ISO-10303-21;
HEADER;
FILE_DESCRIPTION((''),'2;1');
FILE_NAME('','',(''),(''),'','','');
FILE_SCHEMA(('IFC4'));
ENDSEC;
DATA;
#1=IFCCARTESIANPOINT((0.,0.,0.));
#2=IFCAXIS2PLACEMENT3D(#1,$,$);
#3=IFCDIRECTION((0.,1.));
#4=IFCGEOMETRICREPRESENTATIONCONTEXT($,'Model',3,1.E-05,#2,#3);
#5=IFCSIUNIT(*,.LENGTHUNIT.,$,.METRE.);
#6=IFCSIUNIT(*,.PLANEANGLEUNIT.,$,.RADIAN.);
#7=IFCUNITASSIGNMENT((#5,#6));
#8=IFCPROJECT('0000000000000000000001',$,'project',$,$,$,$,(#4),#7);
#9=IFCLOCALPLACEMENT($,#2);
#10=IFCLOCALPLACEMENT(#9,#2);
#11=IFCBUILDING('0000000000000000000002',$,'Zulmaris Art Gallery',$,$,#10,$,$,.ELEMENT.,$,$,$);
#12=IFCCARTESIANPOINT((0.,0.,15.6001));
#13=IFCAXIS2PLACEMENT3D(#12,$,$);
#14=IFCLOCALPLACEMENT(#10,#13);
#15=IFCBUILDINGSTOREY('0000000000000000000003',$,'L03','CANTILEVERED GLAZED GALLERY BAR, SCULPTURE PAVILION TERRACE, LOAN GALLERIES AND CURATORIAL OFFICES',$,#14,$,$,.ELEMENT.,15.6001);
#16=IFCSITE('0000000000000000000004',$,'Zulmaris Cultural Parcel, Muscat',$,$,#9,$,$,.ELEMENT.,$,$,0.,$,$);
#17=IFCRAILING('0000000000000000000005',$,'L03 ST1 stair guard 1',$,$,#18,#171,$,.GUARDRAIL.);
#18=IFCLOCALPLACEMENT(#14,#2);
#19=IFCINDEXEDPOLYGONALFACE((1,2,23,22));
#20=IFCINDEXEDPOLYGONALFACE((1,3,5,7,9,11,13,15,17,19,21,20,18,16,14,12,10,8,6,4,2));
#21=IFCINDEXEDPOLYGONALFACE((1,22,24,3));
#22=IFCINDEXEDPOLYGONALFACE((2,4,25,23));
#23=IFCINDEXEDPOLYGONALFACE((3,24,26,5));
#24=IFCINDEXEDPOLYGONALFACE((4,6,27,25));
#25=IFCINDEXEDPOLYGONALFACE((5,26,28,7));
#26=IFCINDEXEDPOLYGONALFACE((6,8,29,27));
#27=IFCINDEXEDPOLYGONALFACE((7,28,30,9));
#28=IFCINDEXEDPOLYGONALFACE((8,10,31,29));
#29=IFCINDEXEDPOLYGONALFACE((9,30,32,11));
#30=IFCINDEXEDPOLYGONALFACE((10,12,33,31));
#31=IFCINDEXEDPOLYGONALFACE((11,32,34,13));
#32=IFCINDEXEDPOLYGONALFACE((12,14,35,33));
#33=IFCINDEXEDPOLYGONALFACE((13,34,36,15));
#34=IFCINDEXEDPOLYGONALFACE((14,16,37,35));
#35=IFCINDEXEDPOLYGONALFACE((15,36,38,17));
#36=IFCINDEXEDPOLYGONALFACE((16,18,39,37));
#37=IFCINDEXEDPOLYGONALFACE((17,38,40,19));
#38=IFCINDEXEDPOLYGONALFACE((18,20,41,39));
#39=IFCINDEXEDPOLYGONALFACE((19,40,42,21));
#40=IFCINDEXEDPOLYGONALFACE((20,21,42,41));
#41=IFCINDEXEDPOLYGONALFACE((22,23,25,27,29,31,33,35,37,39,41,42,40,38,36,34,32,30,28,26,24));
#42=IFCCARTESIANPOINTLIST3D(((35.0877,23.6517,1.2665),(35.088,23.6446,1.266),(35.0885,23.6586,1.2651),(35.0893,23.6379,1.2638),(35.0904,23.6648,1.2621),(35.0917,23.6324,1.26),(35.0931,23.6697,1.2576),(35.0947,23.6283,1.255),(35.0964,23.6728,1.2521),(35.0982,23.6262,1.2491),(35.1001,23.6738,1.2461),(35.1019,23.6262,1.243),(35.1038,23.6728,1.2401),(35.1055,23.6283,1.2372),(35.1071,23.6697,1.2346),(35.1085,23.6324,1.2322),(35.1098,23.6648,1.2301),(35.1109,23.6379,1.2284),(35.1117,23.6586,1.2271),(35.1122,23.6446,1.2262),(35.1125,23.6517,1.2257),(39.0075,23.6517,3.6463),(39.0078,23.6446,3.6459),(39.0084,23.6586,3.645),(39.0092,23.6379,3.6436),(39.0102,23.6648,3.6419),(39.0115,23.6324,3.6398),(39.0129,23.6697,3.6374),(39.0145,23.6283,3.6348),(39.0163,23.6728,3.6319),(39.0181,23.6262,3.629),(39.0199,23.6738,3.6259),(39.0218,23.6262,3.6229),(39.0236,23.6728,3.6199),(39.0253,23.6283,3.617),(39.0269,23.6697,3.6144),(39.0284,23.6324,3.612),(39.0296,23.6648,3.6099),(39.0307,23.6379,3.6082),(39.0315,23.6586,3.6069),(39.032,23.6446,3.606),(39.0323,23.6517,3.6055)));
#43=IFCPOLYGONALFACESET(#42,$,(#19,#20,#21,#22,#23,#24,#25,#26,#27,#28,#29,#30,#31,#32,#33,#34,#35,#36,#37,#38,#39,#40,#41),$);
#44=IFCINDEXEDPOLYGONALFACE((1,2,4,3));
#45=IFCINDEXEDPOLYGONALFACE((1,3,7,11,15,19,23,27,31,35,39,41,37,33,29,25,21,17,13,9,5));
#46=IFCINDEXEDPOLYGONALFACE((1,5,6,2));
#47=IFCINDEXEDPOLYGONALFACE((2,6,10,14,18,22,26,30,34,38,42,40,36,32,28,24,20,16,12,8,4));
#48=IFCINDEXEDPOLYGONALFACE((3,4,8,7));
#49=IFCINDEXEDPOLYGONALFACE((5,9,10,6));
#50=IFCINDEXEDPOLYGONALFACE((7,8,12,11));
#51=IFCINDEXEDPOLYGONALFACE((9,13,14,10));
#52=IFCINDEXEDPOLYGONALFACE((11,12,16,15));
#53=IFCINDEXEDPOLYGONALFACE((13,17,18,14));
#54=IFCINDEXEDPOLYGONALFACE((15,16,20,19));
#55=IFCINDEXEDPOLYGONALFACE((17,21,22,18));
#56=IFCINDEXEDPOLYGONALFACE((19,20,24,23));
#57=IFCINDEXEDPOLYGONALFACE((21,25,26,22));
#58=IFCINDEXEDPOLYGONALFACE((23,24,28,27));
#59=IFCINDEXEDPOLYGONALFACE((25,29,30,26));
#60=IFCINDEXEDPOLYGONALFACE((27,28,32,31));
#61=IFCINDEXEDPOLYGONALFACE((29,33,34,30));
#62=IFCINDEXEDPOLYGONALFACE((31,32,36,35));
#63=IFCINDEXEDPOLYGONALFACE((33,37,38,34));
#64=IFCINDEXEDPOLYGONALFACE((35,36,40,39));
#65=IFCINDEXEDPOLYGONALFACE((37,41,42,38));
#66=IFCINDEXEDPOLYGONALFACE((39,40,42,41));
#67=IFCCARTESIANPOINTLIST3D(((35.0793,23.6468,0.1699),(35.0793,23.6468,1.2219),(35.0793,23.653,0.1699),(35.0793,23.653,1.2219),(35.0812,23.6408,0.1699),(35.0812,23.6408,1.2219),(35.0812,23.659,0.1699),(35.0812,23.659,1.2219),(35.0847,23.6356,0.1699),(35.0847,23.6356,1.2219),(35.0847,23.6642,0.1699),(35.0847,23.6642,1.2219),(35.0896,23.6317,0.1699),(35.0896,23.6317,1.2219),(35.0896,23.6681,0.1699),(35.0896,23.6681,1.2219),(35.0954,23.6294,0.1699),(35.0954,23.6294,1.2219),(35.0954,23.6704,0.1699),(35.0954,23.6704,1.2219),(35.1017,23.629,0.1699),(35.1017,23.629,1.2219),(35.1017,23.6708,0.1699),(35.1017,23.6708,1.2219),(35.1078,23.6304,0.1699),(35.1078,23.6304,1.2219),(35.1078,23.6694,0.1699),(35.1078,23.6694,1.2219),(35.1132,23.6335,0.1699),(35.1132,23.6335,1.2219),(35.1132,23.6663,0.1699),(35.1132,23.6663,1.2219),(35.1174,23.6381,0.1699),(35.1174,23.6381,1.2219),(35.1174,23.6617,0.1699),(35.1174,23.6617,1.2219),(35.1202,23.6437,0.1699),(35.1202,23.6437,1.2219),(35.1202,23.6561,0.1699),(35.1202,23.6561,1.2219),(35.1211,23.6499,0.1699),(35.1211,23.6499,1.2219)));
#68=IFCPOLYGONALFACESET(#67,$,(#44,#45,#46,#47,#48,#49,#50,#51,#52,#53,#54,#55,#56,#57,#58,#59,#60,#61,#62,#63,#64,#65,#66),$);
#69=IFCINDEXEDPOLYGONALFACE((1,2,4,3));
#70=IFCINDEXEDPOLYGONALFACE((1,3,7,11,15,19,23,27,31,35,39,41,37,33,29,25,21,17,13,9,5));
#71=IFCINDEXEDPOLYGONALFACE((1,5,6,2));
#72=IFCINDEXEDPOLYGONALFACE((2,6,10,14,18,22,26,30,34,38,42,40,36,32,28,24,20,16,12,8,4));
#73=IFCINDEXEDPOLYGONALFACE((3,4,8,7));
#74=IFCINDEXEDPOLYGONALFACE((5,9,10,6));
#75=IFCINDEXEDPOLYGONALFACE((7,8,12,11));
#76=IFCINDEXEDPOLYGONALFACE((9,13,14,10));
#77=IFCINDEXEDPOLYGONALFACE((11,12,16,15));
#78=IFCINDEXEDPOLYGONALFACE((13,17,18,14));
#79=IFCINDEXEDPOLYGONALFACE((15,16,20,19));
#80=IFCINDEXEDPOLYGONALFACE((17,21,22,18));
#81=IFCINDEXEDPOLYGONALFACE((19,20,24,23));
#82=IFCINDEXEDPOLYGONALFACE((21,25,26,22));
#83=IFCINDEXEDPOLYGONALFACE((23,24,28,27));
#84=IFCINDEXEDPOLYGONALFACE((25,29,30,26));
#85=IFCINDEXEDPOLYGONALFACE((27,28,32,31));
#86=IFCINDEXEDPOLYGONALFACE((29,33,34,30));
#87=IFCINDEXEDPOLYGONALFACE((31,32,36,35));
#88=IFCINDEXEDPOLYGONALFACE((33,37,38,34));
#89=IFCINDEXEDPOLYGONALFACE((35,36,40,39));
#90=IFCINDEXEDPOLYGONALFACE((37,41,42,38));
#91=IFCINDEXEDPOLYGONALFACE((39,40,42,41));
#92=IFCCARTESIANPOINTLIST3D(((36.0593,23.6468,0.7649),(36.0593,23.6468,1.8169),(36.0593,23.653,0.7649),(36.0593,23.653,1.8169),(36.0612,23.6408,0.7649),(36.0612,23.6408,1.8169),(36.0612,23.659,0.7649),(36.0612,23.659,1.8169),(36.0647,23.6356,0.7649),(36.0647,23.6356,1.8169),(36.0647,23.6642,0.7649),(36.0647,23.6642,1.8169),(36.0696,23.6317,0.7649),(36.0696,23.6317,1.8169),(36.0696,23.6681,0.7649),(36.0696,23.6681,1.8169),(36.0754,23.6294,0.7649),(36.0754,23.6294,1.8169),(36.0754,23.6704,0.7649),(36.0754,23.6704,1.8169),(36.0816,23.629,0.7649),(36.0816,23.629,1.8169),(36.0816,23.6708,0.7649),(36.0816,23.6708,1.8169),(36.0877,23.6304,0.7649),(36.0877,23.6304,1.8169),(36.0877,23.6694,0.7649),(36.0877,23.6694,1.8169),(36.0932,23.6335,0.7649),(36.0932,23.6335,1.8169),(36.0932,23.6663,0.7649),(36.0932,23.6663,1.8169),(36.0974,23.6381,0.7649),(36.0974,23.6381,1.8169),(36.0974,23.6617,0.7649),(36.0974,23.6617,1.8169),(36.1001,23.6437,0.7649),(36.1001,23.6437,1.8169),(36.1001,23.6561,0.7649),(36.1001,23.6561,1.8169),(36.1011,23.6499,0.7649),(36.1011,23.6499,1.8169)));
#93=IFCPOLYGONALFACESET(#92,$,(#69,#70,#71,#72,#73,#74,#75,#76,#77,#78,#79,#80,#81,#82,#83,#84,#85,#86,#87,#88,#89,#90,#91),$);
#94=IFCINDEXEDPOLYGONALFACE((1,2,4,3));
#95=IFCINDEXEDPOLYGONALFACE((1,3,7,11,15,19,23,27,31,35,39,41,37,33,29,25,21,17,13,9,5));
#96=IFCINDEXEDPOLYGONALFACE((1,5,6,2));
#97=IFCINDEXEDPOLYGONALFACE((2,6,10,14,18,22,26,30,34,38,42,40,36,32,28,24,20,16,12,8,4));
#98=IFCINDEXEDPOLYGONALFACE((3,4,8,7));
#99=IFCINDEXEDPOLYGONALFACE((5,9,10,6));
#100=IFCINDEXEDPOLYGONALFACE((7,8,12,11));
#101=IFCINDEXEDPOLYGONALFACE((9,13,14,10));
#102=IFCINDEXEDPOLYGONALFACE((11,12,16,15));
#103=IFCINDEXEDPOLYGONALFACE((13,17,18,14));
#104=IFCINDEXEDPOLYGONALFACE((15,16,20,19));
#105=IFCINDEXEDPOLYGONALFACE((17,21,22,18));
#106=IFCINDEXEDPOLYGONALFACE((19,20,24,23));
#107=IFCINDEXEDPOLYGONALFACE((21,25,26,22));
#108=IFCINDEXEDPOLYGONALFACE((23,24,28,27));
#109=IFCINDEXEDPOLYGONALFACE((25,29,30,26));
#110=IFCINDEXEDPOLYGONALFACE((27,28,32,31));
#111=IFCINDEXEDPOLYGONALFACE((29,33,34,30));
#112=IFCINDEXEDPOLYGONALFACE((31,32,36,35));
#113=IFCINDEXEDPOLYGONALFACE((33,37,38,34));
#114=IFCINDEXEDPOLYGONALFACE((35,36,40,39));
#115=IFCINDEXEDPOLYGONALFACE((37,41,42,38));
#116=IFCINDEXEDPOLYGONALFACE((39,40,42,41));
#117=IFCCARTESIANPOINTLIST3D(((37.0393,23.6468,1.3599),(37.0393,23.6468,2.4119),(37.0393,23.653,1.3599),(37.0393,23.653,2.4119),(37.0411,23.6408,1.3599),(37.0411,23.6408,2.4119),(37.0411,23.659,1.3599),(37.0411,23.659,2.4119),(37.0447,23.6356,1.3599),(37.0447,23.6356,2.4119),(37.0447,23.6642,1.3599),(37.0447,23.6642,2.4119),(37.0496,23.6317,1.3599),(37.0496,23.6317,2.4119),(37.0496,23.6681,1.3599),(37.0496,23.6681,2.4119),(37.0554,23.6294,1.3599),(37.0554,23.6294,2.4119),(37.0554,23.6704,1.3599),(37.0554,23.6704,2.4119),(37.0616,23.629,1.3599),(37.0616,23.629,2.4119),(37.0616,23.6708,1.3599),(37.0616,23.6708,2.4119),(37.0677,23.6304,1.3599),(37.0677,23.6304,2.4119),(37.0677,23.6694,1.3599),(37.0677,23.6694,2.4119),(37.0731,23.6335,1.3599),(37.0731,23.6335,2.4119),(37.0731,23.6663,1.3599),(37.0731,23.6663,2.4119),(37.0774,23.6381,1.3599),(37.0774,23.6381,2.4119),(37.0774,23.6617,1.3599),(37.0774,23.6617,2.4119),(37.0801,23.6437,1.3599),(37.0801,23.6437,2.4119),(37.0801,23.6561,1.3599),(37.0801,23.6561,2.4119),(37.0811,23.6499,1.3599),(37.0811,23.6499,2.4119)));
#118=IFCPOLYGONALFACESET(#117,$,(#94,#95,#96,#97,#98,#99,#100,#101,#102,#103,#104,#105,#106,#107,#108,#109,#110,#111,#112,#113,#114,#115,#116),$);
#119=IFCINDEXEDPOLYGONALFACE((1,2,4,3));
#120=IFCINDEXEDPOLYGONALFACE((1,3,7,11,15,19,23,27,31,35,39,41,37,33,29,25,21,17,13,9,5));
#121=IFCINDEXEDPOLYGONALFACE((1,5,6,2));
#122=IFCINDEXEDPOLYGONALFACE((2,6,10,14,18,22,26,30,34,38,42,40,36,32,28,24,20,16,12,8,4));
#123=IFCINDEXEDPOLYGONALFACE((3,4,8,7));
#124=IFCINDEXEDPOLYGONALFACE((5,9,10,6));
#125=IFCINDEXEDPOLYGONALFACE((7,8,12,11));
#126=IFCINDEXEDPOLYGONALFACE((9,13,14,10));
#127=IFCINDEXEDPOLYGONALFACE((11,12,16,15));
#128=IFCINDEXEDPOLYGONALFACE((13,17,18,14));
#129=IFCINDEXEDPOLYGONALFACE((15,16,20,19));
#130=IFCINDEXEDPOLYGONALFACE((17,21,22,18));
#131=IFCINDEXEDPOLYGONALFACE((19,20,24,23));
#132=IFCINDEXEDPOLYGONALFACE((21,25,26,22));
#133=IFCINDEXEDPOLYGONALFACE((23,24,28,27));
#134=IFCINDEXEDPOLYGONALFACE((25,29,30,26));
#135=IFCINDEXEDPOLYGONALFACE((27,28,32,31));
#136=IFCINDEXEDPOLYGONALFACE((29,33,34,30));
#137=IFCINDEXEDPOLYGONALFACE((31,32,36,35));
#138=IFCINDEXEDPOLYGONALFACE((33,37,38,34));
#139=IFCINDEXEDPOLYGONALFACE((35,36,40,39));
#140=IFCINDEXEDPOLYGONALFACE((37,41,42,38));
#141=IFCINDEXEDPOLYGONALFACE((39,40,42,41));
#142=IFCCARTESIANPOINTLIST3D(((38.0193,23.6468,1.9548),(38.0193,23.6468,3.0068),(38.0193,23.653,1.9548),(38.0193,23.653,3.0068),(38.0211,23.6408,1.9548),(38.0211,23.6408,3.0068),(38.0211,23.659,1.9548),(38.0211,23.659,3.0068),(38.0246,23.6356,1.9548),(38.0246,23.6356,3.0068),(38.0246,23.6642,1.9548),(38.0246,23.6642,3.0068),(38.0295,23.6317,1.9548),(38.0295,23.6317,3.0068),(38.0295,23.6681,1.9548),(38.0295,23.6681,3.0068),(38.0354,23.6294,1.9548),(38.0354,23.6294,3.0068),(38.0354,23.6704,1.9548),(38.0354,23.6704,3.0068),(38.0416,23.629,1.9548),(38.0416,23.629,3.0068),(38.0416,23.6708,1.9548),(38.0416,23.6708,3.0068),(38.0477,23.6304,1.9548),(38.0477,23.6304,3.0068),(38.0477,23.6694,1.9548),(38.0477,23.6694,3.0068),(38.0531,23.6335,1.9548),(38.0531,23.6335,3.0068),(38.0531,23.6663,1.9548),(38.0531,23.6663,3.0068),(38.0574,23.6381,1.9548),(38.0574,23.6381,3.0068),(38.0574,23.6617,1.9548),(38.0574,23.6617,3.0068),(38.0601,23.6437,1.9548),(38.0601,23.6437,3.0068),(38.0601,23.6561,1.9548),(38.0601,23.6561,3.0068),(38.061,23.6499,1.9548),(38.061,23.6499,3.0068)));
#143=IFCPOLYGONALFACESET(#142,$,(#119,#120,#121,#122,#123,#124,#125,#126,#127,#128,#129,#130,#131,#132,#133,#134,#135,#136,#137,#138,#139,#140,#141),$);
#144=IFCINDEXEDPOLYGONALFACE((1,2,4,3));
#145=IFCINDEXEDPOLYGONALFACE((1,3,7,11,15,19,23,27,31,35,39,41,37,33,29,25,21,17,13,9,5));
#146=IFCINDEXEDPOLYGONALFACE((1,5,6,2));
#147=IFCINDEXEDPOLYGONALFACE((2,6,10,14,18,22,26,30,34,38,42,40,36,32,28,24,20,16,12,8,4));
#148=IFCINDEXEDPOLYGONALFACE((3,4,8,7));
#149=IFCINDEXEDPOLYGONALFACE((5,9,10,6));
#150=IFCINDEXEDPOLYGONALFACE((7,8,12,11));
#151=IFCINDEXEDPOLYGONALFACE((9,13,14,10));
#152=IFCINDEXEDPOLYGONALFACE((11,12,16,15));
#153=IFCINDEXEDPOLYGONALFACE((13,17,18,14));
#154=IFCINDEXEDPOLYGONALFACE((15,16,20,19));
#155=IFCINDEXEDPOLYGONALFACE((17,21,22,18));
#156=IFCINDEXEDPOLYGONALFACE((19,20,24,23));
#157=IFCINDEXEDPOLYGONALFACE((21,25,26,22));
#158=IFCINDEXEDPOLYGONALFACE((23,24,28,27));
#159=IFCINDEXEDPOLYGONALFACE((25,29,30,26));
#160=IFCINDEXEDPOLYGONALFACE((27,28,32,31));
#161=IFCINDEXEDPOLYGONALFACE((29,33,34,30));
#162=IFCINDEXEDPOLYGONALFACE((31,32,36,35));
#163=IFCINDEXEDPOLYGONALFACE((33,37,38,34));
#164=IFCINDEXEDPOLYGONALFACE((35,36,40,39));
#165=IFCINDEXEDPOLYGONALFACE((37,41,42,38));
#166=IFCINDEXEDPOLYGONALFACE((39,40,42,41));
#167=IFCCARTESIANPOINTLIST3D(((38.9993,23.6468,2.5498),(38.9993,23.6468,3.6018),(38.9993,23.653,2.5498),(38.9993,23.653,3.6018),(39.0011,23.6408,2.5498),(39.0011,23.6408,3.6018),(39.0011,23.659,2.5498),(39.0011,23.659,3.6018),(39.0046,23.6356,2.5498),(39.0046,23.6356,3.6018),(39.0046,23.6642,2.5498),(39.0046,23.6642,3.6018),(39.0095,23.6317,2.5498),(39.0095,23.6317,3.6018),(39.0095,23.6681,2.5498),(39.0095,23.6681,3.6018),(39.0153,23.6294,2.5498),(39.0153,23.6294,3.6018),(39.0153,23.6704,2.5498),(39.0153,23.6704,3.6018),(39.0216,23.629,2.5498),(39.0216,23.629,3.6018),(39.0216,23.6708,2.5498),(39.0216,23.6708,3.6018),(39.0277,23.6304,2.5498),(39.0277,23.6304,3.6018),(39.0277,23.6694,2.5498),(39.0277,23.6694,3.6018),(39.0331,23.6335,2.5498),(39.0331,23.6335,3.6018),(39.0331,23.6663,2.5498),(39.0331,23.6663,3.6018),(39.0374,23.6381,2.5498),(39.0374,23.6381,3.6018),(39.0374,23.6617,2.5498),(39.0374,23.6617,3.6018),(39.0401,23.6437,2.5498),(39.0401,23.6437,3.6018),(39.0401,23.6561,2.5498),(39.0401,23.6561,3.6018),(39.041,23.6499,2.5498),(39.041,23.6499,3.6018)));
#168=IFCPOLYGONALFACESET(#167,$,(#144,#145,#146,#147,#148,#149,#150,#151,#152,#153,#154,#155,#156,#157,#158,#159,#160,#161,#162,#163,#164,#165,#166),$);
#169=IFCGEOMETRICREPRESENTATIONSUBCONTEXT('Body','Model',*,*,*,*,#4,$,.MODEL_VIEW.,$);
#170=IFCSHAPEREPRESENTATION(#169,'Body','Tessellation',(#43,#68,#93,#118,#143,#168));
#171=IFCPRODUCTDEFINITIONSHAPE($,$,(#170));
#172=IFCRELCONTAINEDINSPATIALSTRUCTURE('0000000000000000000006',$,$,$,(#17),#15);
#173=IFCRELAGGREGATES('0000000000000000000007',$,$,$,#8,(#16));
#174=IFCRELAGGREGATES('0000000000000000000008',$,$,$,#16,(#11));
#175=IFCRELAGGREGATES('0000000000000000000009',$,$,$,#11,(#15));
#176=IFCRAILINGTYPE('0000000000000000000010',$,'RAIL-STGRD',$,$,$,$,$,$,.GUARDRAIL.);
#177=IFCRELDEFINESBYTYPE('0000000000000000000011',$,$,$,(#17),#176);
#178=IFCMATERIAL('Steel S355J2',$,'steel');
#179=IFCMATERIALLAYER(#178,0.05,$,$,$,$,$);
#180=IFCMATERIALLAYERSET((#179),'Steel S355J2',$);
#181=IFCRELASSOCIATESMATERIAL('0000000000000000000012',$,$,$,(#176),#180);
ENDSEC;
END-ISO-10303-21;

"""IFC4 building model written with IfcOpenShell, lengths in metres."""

from ifc_helpers import new_model, si_unit, direction, frame, origin, origin_2d, place, context, subcontext, project, spatial, circle, extrude, material, layer, layer_set, type_object, element, save


model = new_model("IFC4")

# Units and contexts
model_context = context("Model", 3, precision=1e-05, world=origin(), true_north=direction((0.0, 1.0)))
body_context = subcontext(model_context, "Body", "Model", "MODEL_VIEW")
ifc_project = project(units=[si_unit("LENGTHUNIT", "METRE"), si_unit("PLANEANGLEUNIT", "RADIAN")], contexts=[model_context])

# Site, building, storey
site_placement = place(None, origin())
site = spatial("IfcSite", under=ifc_project, at=site_placement, Name="Zulmaris Cultural Parcel, Muscat", CompositionType="ELEMENT", RefElevation=0.0)
building_placement = place(site_placement, origin())
building = spatial("IfcBuilding", under=site, at=building_placement, Name="Zulmaris Art Gallery", CompositionType="ELEMENT")
storey_placement = place(building_placement, frame((0.0, 0.0, 15.6001)))
storey = spatial("IfcBuildingStorey", under=building, at=storey_placement, Name="L03", Description="CANTILEVERED GLAZED GALLERY BAR, SCULPTURE PAVILION TERRACE, LOAN GALLERIES AND CURATORIAL OFFICES", CompositionType="ELEMENT", Elevation=15.6001)

# Shared definitions
ifc_material_1 = material(Name="Steel S355J2", Category="steel")

# Railing
ifc_layer_1 = layer(ifc_material_1, 0.05)
ifc_layer_set_1 = layer_set([ifc_layer_1], Name="Steel S355J2")
railing_type_1 = type_object("IfcRailingType", Name="RAIL-STGRD", PredefinedType="GUARDRAIL", material=ifc_layer_set_1)
railing_1_placement = place(storey_placement, frame((35.1001, 23.6499, 0.1699)))
element("IfcRailing", 1, at=railing_1_placement, inside=storey, type_object=railing_type_1, Name="L03 ST1 stair guard 1", PredefinedType="GUARDRAIL", context=body_context, shape_type="SweptSolid", body=[
    extrude(circle(Radius=0.0239, at=origin_2d()), frame((0.0, 0.0, 1.0762), z_axis=(0.854794, 0.0, 0.518967), x_axis=(0.0, 1.0, 0.0)), (0.0, 0.0, 1.0), 4.5857),
    extrude(circle(Radius=0.021, at=origin_2d()), origin(), (0.0, 0.0, 1.0), 1.052),
    extrude(circle(Radius=0.021, at=origin_2d()), frame((0.98, 0.0, 0.595)), (0.0, 0.0, 1.0), 1.052),
    extrude(circle(Radius=0.021, at=origin_2d()), frame((1.96, 0.0, 1.1899)), (0.0, 0.0, 1.0), 1.052),
    extrude(circle(Radius=0.021, at=origin_2d()), frame((2.9399, 0.0, 1.7849)), (0.0, 0.0, 1.0), 1.052),
    extrude(circle(Radius=0.021, at=origin_2d()), frame((3.9199, 0.0, 2.3799)), (0.0, 0.0, 1.0), 1.052),
])

save(model, "model.ifc")
